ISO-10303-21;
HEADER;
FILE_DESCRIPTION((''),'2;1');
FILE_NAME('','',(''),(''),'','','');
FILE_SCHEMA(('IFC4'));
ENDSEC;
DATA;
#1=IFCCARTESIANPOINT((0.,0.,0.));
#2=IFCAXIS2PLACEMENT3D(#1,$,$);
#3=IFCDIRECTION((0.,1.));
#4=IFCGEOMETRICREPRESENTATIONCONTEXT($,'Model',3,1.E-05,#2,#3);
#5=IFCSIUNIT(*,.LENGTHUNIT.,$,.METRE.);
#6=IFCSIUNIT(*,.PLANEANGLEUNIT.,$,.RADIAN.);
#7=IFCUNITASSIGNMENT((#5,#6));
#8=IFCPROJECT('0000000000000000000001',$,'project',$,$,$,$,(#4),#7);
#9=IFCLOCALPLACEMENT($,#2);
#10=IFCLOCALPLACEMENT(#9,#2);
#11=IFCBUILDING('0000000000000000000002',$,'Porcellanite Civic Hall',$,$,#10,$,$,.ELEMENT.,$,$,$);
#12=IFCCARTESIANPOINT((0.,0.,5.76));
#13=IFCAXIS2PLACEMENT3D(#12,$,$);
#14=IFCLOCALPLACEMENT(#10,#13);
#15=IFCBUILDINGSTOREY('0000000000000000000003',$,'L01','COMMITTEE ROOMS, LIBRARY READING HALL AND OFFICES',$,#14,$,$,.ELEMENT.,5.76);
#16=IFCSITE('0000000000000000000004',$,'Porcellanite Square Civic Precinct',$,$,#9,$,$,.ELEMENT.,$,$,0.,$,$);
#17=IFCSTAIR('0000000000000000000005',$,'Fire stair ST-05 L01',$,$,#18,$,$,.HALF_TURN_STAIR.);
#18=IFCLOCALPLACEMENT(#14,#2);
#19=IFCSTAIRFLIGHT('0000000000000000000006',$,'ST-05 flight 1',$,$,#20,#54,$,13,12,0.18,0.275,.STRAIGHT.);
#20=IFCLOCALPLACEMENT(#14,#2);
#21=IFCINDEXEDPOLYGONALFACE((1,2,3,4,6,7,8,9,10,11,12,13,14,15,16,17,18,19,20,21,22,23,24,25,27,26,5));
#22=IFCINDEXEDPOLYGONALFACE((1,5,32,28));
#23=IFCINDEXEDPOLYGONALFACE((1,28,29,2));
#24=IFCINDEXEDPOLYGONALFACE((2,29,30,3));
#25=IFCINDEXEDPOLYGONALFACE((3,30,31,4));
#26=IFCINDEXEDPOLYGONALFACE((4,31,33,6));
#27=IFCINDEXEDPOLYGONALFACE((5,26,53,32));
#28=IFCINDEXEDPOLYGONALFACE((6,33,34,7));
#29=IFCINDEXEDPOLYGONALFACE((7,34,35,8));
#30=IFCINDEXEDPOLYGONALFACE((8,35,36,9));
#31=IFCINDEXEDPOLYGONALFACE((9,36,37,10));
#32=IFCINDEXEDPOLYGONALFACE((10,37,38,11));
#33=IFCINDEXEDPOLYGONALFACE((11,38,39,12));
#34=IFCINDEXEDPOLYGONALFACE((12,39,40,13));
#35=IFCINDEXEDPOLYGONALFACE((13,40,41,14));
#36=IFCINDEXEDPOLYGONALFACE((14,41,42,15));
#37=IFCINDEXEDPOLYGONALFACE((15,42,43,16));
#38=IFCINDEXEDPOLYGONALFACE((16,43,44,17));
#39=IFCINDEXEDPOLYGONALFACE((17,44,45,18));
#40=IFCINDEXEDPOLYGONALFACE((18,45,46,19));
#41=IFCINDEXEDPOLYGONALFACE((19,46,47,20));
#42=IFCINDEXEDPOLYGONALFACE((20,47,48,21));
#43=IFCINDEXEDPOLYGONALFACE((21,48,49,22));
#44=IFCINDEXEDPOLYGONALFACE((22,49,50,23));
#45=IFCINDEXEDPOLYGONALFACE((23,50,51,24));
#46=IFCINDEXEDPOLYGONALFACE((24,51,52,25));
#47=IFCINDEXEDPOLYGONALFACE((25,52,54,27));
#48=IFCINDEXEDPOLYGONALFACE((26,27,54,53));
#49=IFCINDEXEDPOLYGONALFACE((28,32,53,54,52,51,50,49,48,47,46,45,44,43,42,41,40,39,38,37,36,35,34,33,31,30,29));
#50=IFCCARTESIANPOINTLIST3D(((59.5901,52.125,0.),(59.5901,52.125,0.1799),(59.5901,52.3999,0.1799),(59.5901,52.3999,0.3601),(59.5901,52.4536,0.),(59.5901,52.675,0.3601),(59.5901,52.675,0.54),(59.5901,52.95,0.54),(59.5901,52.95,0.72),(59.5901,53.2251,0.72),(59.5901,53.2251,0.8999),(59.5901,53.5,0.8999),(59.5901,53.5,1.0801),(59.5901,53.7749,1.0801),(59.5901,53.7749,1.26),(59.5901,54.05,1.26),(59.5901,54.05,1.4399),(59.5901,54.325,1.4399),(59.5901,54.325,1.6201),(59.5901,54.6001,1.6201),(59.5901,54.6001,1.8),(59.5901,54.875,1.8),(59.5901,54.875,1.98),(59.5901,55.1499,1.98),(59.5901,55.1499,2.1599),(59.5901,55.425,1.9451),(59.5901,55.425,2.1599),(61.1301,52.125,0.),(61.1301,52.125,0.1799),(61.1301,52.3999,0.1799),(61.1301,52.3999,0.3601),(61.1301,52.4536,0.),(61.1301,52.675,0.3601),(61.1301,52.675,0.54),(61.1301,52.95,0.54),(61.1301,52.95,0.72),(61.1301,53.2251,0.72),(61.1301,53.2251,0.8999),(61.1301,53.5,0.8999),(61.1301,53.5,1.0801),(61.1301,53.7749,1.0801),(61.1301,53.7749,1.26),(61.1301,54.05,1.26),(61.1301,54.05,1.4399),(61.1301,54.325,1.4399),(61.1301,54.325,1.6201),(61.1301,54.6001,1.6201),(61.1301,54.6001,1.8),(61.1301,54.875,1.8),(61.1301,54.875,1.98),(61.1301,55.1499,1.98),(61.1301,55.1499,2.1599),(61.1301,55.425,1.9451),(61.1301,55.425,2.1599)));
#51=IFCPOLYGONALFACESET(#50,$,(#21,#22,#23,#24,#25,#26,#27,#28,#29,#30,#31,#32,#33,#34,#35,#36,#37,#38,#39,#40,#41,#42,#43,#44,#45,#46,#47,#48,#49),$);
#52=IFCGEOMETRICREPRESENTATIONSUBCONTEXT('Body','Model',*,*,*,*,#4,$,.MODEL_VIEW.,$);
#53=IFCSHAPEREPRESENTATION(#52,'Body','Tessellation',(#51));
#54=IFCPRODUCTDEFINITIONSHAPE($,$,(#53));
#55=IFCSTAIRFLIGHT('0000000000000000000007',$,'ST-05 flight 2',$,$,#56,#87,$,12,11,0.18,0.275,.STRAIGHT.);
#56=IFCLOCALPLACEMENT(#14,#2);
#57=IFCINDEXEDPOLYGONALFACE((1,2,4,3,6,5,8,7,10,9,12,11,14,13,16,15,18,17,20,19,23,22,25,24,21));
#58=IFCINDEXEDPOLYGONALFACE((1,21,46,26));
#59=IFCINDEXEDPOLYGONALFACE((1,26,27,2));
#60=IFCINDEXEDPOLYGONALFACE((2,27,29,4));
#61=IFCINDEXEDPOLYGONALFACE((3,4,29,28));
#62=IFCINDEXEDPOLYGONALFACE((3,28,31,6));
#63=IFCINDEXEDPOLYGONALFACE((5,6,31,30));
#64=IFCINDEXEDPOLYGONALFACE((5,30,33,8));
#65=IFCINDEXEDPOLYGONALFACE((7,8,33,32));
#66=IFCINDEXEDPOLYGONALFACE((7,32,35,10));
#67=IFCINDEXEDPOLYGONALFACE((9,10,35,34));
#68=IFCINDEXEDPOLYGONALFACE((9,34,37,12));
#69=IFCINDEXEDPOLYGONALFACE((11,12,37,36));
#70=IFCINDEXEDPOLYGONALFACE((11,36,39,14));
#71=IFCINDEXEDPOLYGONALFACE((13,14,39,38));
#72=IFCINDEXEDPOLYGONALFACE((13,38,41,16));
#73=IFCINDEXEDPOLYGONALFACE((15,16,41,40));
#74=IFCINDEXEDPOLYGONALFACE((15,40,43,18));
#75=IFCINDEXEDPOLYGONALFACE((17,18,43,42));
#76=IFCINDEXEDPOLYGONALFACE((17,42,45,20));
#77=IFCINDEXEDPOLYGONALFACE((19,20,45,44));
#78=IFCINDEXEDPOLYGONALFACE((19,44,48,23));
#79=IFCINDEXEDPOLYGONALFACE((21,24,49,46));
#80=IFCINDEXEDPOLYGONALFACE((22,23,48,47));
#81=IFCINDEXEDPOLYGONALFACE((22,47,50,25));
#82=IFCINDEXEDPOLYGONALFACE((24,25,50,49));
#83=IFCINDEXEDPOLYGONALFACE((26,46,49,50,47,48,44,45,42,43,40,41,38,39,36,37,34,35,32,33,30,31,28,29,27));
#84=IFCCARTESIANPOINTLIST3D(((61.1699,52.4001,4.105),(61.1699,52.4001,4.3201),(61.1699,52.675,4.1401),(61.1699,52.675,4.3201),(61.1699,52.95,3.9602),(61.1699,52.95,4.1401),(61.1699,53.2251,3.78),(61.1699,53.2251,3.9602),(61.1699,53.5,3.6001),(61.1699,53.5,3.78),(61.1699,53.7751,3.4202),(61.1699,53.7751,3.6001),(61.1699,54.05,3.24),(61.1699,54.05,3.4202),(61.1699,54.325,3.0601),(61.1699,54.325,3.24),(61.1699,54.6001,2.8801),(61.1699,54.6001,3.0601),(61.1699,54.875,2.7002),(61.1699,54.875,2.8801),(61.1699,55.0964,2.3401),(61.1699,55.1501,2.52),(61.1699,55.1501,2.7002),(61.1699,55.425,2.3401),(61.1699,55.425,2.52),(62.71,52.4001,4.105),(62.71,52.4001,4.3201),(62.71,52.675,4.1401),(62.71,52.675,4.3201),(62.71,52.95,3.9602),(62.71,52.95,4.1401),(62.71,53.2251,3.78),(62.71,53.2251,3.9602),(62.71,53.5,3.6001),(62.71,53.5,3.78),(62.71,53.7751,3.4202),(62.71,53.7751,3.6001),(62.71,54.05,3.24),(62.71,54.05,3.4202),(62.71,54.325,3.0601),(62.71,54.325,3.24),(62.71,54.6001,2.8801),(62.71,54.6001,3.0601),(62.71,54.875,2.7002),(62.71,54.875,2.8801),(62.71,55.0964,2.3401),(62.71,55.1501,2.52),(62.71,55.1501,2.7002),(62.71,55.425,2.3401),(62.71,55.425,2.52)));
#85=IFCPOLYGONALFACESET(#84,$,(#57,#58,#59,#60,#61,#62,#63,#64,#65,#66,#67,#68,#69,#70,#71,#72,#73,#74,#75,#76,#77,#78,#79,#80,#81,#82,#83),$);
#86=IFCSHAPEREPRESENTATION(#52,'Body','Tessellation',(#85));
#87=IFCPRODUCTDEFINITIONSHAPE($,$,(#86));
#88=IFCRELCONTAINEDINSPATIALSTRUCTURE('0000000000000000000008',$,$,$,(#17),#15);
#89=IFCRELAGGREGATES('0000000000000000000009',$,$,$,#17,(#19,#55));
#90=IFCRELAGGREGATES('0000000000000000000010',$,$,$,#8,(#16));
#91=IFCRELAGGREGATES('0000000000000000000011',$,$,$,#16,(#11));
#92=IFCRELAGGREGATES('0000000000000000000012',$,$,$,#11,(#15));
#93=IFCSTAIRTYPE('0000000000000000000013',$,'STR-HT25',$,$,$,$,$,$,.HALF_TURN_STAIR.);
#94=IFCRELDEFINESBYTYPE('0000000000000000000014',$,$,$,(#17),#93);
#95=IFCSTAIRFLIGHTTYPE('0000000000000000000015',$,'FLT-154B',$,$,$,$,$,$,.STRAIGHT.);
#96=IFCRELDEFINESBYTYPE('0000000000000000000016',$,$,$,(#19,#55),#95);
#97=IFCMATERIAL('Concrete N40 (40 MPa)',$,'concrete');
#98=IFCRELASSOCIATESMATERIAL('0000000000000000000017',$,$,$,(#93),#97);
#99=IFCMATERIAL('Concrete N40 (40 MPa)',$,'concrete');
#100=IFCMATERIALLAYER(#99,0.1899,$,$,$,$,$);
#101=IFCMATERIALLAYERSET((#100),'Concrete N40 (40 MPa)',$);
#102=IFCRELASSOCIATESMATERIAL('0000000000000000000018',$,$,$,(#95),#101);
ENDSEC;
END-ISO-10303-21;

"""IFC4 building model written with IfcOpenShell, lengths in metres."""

from ifc_helpers import new_model, si_unit, direction, frame, origin, place, context, subcontext, project, spatial, polyline, outline, extrude, material, layer, layer_set, type_object, element, aggregate, save


model = new_model("IFC4")

# Units and contexts
model_context = context("Model", 3, precision=1e-05, world=origin(), true_north=direction((0.0, 1.0)))
body_context = subcontext(model_context, "Body", "Model", "MODEL_VIEW")
ifc_project = project(units=[si_unit("LENGTHUNIT", "METRE"), si_unit("PLANEANGLEUNIT", "RADIAN")], contexts=[model_context])

# Site, building, storey
site_placement = place(None, origin())
site = spatial("IfcSite", under=ifc_project, at=site_placement, Name="Porcellanite Square Civic Precinct", CompositionType="ELEMENT", RefElevation=0.0)
building_placement = place(site_placement, origin())
building = spatial("IfcBuilding", under=site, at=building_placement, Name="Porcellanite Civic Hall", CompositionType="ELEMENT")
storey_placement = place(building_placement, frame((0.0, 0.0, 5.76)))
storey = spatial("IfcBuildingStorey", under=building, at=storey_placement, Name="L01", Description="COMMITTEE ROOMS, LIBRARY READING HALL AND OFFICES", CompositionType="ELEMENT", Elevation=5.76)

# Stair, stair flights
ifc_material_1 = material(Name="Concrete N40 (40 MPa)", Category="concrete")
stair_type = type_object("IfcStairType", Name="STR-HT25", PredefinedType="HALF_TURN_STAIR", material=ifc_material_1)
stair_placement = place(storey_placement, origin())
stair = element("IfcStair", 1, at=stair_placement, inside=storey, type_object=stair_type, Name="Fire stair ST-05 L01", PredefinedType="HALF_TURN_STAIR")
ifc_material_2 = material(Name="Concrete N40 (40 MPa)", Category="concrete")
ifc_layer_1 = layer(ifc_material_2, 0.1899)
ifc_layer_set_1 = layer_set([ifc_layer_1], Name="Concrete N40 (40 MPa)")
stair_flight_type = type_object("IfcStairFlightType", Name="FLT-154B", PredefinedType="STRAIGHT", material=ifc_layer_set_1)
stair_flight_1_placement = place(storey_placement, frame((60.3601, 52.125, 0.0), z_axis=(0.0, 0.0, 1.0), x_axis=(0.0, 1.0, 0.0)))
stair_flight_1 = element("IfcStairFlight", 2, at=stair_flight_1_placement, type_object=stair_flight_type, Name="ST-05 flight 1", NumberOfRisers=13, NumberOfTreads=12, PredefinedType="STRAIGHT", RiserHeight=0.18, TreadLength=0.275, context=body_context, shape_type="SweptSolid", body=[
    extrude(outline(polyline([(0.0, 0.0), (0.0, 0.1799), (0.2749, 0.1799), (0.2749, 0.3601), (0.55, 0.3601), (0.55, 0.54), (0.825, 0.54), (0.825, 0.72), (1.1001, 0.72), (1.1001, 0.8999), (1.375, 0.8999), (1.375, 1.0801), (1.6499, 1.0801), (1.6499, 1.26), (1.925, 1.26), (1.925, 1.4399), (2.2, 1.4399), (2.2, 1.6201), (2.4751, 1.6201), (2.4751, 1.8), (2.75, 1.8), (2.75, 1.98), (3.0249, 1.98), (3.0249, 2.1599), (3.3, 2.1599), (3.3, 2.3401), (3.3, 1.9451), (0.3286, 0.0), (0.0, 0.0)])), frame((0.0, 0.77, 0.0), z_axis=(0.0, -1.0, 0.0), x_axis=(1.0, 0.0, 0.0)), (0.0, 0.0, 1.0), 1.54),
])
stair_flight_2_placement = place(storey_placement, frame((61.9399, 55.425, 2.3401), z_axis=(0.0, 0.0, 1.0), x_axis=(0.0, -1.0, 0.0)))
stair_flight_2 = element("IfcStairFlight", 3, at=stair_flight_2_placement, type_object=stair_flight_type, Name="ST-05 flight 2", NumberOfRisers=12, NumberOfTreads=11, PredefinedType="STRAIGHT", RiserHeight=0.18, TreadLength=0.275, context=body_context, shape_type="SweptSolid", body=[
    extrude(outline(polyline([(0.0, 0.0), (0.0, 0.1799), (0.2749, 0.1799), (0.2749, 0.3601), (0.55, 0.3601), (0.55, 0.54), (0.825, 0.54), (0.825, 0.72), (1.1001, 0.72), (1.1001, 0.8999), (1.375, 0.8999), (1.375, 1.0801), (1.6499, 1.0801), (1.6499, 1.26), (1.925, 1.26), (1.925, 1.4399), (2.2, 1.4399), (2.2, 1.6201), (2.4751, 1.6201), (2.4751, 1.8), (2.75, 1.8), (2.75, 1.98), (3.0249, 1.98), (3.0249, 2.1599), (3.0249, 1.7649), (0.3286, 0.0), (0.0, 0.0)])), frame((0.0, 0.77, 0.0), z_axis=(0.0, -1.0, 0.0), x_axis=(1.0, 0.0, 0.0)), (0.0, 0.0, 1.0), 1.54),
])
aggregate(stair, [stair_flight_1, stair_flight_2])

save(model, "model.ifc")
